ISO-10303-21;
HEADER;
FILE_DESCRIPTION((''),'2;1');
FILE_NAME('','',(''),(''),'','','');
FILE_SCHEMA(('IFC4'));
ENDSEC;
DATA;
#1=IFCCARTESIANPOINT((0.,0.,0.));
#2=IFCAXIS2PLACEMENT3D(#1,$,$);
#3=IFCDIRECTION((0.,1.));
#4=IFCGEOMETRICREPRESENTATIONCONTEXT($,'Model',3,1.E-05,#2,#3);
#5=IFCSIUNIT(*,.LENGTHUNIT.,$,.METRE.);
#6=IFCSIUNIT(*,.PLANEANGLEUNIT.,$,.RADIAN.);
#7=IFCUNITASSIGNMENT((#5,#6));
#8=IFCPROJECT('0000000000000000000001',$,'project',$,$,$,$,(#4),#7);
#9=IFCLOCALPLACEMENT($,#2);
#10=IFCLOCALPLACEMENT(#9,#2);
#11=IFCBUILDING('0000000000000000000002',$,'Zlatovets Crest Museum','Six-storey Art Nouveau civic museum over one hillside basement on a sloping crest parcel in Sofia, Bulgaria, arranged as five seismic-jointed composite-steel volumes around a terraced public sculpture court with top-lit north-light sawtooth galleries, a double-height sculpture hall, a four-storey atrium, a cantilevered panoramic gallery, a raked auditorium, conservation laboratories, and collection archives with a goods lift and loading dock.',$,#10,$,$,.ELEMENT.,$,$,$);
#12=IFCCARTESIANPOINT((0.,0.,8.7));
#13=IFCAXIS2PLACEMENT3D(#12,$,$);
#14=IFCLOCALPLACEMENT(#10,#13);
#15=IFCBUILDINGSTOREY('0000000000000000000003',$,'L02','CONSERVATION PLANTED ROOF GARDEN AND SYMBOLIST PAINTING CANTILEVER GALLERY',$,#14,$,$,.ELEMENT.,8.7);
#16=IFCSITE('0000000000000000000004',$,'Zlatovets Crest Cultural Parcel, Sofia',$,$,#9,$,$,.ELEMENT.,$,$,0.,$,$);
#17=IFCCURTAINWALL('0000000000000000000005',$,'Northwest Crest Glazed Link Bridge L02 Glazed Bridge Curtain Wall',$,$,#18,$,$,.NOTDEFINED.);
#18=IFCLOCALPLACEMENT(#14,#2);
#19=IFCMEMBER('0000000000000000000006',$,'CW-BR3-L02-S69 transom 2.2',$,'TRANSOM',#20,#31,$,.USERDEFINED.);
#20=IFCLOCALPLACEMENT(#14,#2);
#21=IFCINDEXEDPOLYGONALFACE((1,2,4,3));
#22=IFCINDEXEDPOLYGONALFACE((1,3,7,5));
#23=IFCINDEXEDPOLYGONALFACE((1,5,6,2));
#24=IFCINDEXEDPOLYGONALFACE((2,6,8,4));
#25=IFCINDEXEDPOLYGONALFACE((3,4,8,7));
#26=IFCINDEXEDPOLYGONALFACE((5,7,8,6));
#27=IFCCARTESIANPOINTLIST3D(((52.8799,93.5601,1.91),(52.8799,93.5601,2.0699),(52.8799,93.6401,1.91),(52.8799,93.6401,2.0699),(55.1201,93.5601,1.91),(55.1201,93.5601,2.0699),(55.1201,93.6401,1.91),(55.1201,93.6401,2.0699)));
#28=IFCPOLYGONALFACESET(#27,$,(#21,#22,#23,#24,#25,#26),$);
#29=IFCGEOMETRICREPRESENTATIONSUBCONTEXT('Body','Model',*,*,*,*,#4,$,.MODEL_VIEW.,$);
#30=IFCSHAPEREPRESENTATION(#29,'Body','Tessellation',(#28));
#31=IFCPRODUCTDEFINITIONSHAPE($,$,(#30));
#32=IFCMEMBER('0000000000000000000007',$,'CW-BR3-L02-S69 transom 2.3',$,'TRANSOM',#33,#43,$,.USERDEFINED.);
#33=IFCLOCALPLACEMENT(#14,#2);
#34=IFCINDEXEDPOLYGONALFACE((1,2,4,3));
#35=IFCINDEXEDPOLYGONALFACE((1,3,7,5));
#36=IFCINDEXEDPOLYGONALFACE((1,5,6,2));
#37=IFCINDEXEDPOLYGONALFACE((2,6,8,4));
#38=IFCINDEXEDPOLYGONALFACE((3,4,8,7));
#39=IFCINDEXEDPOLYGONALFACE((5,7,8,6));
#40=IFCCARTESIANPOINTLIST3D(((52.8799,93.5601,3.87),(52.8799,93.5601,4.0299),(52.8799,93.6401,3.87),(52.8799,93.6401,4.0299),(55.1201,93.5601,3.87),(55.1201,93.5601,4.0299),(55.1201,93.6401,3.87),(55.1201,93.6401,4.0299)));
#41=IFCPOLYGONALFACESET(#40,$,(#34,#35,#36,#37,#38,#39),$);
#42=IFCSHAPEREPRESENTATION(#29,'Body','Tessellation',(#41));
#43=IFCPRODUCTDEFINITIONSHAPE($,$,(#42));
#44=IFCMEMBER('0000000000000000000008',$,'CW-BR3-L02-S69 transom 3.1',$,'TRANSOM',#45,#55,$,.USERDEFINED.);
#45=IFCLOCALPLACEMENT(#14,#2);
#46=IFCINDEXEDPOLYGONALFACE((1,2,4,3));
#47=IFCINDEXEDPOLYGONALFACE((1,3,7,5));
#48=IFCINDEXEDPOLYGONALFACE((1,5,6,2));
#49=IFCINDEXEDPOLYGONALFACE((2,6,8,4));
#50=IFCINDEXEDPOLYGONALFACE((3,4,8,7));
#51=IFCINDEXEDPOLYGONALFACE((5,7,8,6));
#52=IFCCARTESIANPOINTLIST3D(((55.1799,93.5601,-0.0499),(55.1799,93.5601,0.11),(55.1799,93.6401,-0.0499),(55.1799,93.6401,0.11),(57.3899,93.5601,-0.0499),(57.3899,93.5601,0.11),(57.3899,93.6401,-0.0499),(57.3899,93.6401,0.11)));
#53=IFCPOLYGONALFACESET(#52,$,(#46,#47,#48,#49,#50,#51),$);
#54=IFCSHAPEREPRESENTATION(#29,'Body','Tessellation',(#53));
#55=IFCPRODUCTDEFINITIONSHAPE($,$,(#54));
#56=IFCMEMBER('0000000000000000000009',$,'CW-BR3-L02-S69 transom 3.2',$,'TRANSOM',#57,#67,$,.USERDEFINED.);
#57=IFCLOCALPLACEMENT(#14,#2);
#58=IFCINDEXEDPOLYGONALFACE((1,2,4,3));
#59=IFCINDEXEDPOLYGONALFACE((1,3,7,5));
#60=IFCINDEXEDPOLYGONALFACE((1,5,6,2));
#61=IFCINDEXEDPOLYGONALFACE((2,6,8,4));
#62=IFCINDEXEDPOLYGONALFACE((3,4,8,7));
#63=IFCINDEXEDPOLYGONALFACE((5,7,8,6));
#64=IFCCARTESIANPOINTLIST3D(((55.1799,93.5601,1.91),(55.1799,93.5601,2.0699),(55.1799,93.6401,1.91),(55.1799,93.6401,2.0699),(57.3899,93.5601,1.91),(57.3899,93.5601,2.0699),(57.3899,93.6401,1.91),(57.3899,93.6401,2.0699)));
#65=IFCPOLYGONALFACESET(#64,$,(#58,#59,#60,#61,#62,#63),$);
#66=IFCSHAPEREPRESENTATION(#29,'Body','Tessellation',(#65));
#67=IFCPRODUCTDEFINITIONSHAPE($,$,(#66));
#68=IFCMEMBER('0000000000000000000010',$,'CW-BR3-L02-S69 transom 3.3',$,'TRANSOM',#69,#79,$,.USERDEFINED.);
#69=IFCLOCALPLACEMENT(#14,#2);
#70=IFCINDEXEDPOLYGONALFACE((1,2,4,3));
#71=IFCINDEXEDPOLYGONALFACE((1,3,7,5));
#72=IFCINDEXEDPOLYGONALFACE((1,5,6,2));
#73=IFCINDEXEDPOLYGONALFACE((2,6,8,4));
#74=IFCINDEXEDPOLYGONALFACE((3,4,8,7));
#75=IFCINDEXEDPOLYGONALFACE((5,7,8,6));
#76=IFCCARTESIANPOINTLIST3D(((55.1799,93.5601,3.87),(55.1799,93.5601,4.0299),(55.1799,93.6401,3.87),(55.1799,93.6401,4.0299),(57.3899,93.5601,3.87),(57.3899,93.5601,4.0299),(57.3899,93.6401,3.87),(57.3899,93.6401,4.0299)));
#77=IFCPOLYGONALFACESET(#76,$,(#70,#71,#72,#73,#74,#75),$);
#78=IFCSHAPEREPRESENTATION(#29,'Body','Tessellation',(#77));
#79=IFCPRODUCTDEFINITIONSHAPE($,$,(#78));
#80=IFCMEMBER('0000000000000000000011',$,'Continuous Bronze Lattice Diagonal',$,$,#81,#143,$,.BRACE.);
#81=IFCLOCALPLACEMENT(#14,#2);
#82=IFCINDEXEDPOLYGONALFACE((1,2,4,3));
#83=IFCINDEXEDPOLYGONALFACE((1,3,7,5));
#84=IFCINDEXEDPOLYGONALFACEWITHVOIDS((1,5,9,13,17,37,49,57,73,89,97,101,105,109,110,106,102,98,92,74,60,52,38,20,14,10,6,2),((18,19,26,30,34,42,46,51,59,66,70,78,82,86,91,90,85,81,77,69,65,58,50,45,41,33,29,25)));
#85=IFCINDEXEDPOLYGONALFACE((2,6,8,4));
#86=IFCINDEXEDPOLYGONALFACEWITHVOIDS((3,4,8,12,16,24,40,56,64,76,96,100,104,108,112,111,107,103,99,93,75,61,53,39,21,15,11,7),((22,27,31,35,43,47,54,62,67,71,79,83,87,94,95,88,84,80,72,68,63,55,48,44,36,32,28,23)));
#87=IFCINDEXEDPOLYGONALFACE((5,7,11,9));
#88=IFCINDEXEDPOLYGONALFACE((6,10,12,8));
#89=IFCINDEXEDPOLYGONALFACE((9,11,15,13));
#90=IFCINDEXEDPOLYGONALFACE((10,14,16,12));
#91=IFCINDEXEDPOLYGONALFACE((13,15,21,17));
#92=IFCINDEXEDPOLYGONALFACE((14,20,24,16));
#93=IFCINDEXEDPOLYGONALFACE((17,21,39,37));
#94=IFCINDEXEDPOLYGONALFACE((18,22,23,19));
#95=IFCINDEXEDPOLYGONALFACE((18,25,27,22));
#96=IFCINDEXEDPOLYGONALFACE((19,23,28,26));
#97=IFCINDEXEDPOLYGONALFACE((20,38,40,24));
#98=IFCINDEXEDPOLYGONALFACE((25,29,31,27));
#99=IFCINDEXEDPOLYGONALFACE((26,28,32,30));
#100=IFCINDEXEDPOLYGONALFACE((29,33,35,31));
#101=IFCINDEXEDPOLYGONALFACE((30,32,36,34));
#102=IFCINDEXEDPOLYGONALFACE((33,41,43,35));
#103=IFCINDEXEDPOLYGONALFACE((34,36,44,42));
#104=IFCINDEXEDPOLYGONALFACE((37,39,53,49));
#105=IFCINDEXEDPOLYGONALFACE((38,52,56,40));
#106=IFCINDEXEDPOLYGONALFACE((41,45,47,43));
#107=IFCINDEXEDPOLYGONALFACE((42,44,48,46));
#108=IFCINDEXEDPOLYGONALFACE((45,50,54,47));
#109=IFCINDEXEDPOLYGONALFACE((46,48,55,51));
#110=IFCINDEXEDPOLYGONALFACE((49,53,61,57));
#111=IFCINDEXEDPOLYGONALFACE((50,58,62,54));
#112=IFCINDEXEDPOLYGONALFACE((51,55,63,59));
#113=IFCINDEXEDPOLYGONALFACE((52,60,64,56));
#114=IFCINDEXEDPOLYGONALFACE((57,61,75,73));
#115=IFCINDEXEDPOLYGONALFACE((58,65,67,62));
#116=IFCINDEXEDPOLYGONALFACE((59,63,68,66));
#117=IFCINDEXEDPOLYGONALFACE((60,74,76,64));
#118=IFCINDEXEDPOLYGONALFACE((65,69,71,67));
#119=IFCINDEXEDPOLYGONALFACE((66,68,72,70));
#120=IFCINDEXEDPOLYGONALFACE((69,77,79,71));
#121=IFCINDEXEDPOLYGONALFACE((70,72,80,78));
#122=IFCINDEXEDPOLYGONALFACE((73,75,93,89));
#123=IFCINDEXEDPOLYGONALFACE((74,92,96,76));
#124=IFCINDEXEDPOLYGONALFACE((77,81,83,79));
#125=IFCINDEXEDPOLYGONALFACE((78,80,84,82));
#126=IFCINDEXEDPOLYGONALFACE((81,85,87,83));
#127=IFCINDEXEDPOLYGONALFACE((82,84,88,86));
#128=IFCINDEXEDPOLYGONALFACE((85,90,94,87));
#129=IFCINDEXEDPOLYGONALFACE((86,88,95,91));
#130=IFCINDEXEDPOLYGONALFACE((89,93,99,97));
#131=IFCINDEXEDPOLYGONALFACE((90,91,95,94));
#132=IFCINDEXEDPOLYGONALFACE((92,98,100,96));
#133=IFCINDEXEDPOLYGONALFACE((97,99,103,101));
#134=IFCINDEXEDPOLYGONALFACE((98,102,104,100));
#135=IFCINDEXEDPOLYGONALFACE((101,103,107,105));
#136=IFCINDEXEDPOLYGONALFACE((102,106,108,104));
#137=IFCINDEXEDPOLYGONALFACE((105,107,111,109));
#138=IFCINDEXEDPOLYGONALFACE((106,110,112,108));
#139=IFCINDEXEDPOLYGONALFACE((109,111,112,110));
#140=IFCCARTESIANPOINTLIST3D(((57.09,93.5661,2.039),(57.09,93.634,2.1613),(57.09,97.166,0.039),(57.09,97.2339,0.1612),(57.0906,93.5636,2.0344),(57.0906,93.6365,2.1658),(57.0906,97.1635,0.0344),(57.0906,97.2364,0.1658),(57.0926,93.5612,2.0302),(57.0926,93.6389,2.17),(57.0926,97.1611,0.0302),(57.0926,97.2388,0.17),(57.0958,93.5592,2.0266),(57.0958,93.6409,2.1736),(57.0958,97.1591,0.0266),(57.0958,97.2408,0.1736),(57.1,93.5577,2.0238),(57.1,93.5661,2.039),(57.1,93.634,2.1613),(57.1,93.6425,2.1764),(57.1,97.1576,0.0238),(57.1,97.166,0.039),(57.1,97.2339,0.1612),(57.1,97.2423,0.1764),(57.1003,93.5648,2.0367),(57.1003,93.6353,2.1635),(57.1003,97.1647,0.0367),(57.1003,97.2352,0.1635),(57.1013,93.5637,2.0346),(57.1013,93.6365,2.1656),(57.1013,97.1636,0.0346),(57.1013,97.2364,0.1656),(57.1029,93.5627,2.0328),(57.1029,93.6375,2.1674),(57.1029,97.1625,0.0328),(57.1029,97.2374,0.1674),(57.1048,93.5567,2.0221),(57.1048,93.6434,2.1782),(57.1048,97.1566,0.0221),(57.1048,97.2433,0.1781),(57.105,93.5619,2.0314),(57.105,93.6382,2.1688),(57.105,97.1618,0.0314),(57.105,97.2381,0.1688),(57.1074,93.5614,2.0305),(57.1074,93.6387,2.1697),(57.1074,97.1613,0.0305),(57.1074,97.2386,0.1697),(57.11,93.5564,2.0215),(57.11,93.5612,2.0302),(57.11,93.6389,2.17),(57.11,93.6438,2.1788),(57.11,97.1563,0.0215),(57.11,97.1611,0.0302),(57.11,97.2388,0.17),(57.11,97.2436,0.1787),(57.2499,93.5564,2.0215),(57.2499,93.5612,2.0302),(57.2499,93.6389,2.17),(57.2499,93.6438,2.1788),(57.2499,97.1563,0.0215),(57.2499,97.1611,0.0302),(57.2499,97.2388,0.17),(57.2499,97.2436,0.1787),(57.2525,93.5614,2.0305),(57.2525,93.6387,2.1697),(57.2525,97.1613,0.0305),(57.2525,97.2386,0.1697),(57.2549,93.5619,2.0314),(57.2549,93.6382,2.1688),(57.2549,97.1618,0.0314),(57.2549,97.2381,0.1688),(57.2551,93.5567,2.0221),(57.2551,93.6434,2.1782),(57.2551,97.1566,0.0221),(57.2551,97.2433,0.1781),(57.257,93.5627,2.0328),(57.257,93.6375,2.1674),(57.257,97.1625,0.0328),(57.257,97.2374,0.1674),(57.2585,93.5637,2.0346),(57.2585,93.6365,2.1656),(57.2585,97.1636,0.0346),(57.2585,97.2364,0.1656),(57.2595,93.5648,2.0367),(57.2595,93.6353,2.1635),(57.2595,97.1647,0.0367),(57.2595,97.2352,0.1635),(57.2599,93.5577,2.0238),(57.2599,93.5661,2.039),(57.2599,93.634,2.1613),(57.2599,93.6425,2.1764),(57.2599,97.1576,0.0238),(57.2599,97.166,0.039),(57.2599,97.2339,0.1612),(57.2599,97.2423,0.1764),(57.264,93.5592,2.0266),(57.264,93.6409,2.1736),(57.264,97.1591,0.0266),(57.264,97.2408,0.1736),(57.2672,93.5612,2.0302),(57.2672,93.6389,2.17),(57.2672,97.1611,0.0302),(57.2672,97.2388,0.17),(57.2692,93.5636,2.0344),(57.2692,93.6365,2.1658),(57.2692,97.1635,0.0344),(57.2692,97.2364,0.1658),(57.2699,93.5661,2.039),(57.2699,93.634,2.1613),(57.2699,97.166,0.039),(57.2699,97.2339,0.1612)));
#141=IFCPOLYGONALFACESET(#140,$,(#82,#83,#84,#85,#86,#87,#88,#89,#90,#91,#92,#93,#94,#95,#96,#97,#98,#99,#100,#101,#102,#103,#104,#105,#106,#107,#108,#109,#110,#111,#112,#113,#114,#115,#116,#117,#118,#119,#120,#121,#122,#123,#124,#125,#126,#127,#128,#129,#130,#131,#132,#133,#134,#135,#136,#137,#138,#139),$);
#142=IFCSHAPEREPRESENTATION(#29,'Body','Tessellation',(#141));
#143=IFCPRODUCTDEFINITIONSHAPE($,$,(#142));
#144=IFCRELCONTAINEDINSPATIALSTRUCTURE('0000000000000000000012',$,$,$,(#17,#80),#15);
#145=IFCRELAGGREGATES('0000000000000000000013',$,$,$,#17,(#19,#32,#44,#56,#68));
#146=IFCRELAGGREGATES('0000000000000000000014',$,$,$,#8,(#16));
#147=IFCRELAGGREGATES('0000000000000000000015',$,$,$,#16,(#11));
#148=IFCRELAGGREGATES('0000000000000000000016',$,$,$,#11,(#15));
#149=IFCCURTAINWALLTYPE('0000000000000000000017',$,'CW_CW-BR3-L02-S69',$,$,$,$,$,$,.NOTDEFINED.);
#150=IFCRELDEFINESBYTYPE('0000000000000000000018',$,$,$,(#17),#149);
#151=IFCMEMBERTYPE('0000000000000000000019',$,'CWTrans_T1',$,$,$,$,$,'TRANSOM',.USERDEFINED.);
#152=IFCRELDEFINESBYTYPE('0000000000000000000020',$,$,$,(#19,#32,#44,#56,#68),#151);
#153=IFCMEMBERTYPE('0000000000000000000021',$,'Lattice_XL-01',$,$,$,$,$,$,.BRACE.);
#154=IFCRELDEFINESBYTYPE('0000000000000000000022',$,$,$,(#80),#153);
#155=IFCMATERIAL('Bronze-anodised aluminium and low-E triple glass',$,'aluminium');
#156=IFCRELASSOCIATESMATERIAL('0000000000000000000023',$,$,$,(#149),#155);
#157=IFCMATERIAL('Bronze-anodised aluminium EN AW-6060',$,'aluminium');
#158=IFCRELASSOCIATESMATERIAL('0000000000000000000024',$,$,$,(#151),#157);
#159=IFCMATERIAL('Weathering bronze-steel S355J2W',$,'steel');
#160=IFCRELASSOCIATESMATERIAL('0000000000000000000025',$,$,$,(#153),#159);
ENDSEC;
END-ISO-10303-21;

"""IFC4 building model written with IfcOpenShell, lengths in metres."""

from ifc_helpers import new_model, si_unit, direction, frame, origin, origin_2d, place, context, subcontext, project, spatial, rectangle, hollow_rectangle, extrude, material, material_profile, profile_set, type_object, element, aggregate, save


model = new_model("IFC4")

# Units and contexts
model_context = context("Model", 3, precision=1e-05, world=origin(), true_north=direction((0.0, 1.0)))
body_context = subcontext(model_context, "Body", "Model", "MODEL_VIEW")
ifc_project = project(units=[si_unit("LENGTHUNIT", "METRE"), si_unit("PLANEANGLEUNIT", "RADIAN")], contexts=[model_context])

# Site, building, storey
site_placement = place(None, origin())
site = spatial("IfcSite", under=ifc_project, at=site_placement, Name="Zlatovets Crest Cultural Parcel, Sofia", CompositionType="ELEMENT", RefElevation=0.0)
building_placement = place(site_placement, origin())
building = spatial("IfcBuilding", under=site, at=building_placement, Name="Zlatovets Crest Museum", Description="Six-storey Art Nouveau civic museum over one hillside basement on a sloping crest parcel in Sofia, Bulgaria, arranged as five seismic-jointed composite-steel volumes around a terraced public sculpture court with top-lit north-light sawtooth galleries, a double-height sculpture hall, a four-storey atrium, a cantilevered panoramic gallery, a raked auditorium, conservation laboratories, and collection archives with a goods lift and loading dock.", CompositionType="ELEMENT")
storey_placement = place(building_placement, frame((0.0, 0.0, 8.7)))
storey = spatial("IfcBuildingStorey", under=building, at=storey_placement, Name="L02", Description="CONSERVATION PLANTED ROOF GARDEN AND SYMBOLIST PAINTING CANTILEVER GALLERY", CompositionType="ELEMENT", Elevation=8.7)

# Curtain wall
ifc_material_1 = material(Name="Bronze-anodised aluminium and low-E triple glass", Category="aluminium")
ifc_material_2 = material(Name="Bronze-anodised aluminium EN AW-6060", Category="aluminium")
curtain_wall_type_1 = type_object("IfcCurtainWallType", Name="CW_CW-BR3-L02-S69", PredefinedType="NOTDEFINED", material=ifc_material_1)
curtain_wall_1_placement = place(storey_placement, origin())
curtain_wall_1 = element("IfcCurtainWall", 1, at=curtain_wall_1_placement, inside=storey, type_object=curtain_wall_type_1, Name="Northwest Crest Glazed Link Bridge L02 Glazed Bridge Curtain Wall", PredefinedType="NOTDEFINED")

# Members
ifc_material_profile_1 = material_profile(ifc_material_2, rectangle(XDim=0.0801, YDim=0.1599, at=origin_2d()), Name="ALU 80x160")
ifc_profile_set_1 = profile_set([ifc_material_profile_1], Name="Bronze-anodised aluminium EN AW-6060")
member_type_1 = type_object("IfcMemberType", Name="CWTrans_T1", ElementType="TRANSOM", PredefinedType="USERDEFINED", material=ifc_profile_set_1)
member_1_placement = place(storey_placement, frame((52.8799, 93.6001, 1.99), z_axis=(1.0, 0.0, 0.0), x_axis=(0.0, 1.0, 0.0)))
member_1 = element("IfcMember", 2, at=member_1_placement, type_object=member_type_1, Name="CW-BR3-L02-S69 transom 2.2", ObjectType="TRANSOM", PredefinedType="USERDEFINED", context=body_context, shape_type="SweptSolid", body=[
    extrude(rectangle(XDim=0.0801, YDim=0.1599, at=origin_2d()), origin(), (0.0, 0.0, 1.0), 2.2402),
])
member_2_placement = place(storey_placement, frame((52.8799, 93.6001, 3.95), z_axis=(1.0, 0.0, 0.0), x_axis=(0.0, 1.0, 0.0)))
member_2 = element("IfcMember", 3, at=member_2_placement, type_object=member_type_1, Name="CW-BR3-L02-S69 transom 2.3", ObjectType="TRANSOM", PredefinedType="USERDEFINED", context=body_context, shape_type="SweptSolid", body=[
    extrude(rectangle(XDim=0.0801, YDim=0.1599, at=origin_2d()), origin(), (0.0, 0.0, 1.0), 2.2402),
])
member_3_placement = place(storey_placement, frame((55.1799, 93.6001, 0.03), z_axis=(1.0, 0.0, 0.0), x_axis=(0.0, 1.0, 0.0)))
member_3 = element("IfcMember", 4, at=member_3_placement, type_object=member_type_1, Name="CW-BR3-L02-S69 transom 3.1", ObjectType="TRANSOM", PredefinedType="USERDEFINED", context=body_context, shape_type="SweptSolid", body=[
    extrude(rectangle(XDim=0.0801, YDim=0.1599, at=origin_2d()), origin(), (0.0, 0.0, 1.0), 2.21),
])
member_4_placement = place(storey_placement, frame((55.1799, 93.6001, 1.99), z_axis=(1.0, 0.0, 0.0), x_axis=(0.0, 1.0, 0.0)))
member_4 = element("IfcMember", 5, at=member_4_placement, type_object=member_type_1, Name="CW-BR3-L02-S69 transom 3.2", ObjectType="TRANSOM", PredefinedType="USERDEFINED", context=body_context, shape_type="SweptSolid", body=[
    extrude(rectangle(XDim=0.0801, YDim=0.1599, at=origin_2d()), origin(), (0.0, 0.0, 1.0), 2.21),
])
member_5_placement = place(storey_placement, frame((55.1799, 93.6001, 3.95), z_axis=(1.0, 0.0, 0.0), x_axis=(0.0, 1.0, 0.0)))
member_5 = element("IfcMember", 6, at=member_5_placement, type_object=member_type_1, Name="CW-BR3-L02-S69 transom 3.3", ObjectType="TRANSOM", PredefinedType="USERDEFINED", context=body_context, shape_type="SweptSolid", body=[
    extrude(rectangle(XDim=0.0801, YDim=0.1599, at=origin_2d()), origin(), (0.0, 0.0, 1.0), 2.21),
])

# Member
ifc_material_3 = material(Name="Weathering bronze-steel S355J2W", Category="steel")
ifc_material_profile_2 = material_profile(ifc_material_3, hollow_rectangle(XDim=0.1799, YDim=0.1799, WallThickness=0.01, InnerFilletRadius=0.01, OuterFilletRadius=0.02, at=origin_2d()), Name="SHS 180x180x10.0")
ifc_profile_set_2 = profile_set([ifc_material_profile_2], Name="Weathering bronze-steel S355J2W")
member_type_2 = type_object("IfcMemberType", Name="Lattice_XL-01", PredefinedType="BRACE", material=ifc_profile_set_2)
member_6_placement = place(storey_placement, frame((57.1799, 97.2, 0.1001), z_axis=(0.0, -0.874149, 0.485658), x_axis=(1.0, 0.0, 0.0)))
element("IfcMember", 7, at=member_6_placement, inside=storey, type_object=member_type_2, Name="Continuous Bronze Lattice Diagonal", PredefinedType="BRACE", context=body_context, shape_type="SweptSolid", body=[
    extrude(hollow_rectangle(XDim=0.1799, YDim=0.1799, WallThickness=0.01, InnerFilletRadius=0.01, OuterFilletRadius=0.02, at=origin_2d()), origin(), (0.0, 0.0, 1.0), 4.1182),
])

aggregate(curtain_wall_1, [member_1, member_2, member_3, member_4, member_5])

save(model, "model.ifc")
